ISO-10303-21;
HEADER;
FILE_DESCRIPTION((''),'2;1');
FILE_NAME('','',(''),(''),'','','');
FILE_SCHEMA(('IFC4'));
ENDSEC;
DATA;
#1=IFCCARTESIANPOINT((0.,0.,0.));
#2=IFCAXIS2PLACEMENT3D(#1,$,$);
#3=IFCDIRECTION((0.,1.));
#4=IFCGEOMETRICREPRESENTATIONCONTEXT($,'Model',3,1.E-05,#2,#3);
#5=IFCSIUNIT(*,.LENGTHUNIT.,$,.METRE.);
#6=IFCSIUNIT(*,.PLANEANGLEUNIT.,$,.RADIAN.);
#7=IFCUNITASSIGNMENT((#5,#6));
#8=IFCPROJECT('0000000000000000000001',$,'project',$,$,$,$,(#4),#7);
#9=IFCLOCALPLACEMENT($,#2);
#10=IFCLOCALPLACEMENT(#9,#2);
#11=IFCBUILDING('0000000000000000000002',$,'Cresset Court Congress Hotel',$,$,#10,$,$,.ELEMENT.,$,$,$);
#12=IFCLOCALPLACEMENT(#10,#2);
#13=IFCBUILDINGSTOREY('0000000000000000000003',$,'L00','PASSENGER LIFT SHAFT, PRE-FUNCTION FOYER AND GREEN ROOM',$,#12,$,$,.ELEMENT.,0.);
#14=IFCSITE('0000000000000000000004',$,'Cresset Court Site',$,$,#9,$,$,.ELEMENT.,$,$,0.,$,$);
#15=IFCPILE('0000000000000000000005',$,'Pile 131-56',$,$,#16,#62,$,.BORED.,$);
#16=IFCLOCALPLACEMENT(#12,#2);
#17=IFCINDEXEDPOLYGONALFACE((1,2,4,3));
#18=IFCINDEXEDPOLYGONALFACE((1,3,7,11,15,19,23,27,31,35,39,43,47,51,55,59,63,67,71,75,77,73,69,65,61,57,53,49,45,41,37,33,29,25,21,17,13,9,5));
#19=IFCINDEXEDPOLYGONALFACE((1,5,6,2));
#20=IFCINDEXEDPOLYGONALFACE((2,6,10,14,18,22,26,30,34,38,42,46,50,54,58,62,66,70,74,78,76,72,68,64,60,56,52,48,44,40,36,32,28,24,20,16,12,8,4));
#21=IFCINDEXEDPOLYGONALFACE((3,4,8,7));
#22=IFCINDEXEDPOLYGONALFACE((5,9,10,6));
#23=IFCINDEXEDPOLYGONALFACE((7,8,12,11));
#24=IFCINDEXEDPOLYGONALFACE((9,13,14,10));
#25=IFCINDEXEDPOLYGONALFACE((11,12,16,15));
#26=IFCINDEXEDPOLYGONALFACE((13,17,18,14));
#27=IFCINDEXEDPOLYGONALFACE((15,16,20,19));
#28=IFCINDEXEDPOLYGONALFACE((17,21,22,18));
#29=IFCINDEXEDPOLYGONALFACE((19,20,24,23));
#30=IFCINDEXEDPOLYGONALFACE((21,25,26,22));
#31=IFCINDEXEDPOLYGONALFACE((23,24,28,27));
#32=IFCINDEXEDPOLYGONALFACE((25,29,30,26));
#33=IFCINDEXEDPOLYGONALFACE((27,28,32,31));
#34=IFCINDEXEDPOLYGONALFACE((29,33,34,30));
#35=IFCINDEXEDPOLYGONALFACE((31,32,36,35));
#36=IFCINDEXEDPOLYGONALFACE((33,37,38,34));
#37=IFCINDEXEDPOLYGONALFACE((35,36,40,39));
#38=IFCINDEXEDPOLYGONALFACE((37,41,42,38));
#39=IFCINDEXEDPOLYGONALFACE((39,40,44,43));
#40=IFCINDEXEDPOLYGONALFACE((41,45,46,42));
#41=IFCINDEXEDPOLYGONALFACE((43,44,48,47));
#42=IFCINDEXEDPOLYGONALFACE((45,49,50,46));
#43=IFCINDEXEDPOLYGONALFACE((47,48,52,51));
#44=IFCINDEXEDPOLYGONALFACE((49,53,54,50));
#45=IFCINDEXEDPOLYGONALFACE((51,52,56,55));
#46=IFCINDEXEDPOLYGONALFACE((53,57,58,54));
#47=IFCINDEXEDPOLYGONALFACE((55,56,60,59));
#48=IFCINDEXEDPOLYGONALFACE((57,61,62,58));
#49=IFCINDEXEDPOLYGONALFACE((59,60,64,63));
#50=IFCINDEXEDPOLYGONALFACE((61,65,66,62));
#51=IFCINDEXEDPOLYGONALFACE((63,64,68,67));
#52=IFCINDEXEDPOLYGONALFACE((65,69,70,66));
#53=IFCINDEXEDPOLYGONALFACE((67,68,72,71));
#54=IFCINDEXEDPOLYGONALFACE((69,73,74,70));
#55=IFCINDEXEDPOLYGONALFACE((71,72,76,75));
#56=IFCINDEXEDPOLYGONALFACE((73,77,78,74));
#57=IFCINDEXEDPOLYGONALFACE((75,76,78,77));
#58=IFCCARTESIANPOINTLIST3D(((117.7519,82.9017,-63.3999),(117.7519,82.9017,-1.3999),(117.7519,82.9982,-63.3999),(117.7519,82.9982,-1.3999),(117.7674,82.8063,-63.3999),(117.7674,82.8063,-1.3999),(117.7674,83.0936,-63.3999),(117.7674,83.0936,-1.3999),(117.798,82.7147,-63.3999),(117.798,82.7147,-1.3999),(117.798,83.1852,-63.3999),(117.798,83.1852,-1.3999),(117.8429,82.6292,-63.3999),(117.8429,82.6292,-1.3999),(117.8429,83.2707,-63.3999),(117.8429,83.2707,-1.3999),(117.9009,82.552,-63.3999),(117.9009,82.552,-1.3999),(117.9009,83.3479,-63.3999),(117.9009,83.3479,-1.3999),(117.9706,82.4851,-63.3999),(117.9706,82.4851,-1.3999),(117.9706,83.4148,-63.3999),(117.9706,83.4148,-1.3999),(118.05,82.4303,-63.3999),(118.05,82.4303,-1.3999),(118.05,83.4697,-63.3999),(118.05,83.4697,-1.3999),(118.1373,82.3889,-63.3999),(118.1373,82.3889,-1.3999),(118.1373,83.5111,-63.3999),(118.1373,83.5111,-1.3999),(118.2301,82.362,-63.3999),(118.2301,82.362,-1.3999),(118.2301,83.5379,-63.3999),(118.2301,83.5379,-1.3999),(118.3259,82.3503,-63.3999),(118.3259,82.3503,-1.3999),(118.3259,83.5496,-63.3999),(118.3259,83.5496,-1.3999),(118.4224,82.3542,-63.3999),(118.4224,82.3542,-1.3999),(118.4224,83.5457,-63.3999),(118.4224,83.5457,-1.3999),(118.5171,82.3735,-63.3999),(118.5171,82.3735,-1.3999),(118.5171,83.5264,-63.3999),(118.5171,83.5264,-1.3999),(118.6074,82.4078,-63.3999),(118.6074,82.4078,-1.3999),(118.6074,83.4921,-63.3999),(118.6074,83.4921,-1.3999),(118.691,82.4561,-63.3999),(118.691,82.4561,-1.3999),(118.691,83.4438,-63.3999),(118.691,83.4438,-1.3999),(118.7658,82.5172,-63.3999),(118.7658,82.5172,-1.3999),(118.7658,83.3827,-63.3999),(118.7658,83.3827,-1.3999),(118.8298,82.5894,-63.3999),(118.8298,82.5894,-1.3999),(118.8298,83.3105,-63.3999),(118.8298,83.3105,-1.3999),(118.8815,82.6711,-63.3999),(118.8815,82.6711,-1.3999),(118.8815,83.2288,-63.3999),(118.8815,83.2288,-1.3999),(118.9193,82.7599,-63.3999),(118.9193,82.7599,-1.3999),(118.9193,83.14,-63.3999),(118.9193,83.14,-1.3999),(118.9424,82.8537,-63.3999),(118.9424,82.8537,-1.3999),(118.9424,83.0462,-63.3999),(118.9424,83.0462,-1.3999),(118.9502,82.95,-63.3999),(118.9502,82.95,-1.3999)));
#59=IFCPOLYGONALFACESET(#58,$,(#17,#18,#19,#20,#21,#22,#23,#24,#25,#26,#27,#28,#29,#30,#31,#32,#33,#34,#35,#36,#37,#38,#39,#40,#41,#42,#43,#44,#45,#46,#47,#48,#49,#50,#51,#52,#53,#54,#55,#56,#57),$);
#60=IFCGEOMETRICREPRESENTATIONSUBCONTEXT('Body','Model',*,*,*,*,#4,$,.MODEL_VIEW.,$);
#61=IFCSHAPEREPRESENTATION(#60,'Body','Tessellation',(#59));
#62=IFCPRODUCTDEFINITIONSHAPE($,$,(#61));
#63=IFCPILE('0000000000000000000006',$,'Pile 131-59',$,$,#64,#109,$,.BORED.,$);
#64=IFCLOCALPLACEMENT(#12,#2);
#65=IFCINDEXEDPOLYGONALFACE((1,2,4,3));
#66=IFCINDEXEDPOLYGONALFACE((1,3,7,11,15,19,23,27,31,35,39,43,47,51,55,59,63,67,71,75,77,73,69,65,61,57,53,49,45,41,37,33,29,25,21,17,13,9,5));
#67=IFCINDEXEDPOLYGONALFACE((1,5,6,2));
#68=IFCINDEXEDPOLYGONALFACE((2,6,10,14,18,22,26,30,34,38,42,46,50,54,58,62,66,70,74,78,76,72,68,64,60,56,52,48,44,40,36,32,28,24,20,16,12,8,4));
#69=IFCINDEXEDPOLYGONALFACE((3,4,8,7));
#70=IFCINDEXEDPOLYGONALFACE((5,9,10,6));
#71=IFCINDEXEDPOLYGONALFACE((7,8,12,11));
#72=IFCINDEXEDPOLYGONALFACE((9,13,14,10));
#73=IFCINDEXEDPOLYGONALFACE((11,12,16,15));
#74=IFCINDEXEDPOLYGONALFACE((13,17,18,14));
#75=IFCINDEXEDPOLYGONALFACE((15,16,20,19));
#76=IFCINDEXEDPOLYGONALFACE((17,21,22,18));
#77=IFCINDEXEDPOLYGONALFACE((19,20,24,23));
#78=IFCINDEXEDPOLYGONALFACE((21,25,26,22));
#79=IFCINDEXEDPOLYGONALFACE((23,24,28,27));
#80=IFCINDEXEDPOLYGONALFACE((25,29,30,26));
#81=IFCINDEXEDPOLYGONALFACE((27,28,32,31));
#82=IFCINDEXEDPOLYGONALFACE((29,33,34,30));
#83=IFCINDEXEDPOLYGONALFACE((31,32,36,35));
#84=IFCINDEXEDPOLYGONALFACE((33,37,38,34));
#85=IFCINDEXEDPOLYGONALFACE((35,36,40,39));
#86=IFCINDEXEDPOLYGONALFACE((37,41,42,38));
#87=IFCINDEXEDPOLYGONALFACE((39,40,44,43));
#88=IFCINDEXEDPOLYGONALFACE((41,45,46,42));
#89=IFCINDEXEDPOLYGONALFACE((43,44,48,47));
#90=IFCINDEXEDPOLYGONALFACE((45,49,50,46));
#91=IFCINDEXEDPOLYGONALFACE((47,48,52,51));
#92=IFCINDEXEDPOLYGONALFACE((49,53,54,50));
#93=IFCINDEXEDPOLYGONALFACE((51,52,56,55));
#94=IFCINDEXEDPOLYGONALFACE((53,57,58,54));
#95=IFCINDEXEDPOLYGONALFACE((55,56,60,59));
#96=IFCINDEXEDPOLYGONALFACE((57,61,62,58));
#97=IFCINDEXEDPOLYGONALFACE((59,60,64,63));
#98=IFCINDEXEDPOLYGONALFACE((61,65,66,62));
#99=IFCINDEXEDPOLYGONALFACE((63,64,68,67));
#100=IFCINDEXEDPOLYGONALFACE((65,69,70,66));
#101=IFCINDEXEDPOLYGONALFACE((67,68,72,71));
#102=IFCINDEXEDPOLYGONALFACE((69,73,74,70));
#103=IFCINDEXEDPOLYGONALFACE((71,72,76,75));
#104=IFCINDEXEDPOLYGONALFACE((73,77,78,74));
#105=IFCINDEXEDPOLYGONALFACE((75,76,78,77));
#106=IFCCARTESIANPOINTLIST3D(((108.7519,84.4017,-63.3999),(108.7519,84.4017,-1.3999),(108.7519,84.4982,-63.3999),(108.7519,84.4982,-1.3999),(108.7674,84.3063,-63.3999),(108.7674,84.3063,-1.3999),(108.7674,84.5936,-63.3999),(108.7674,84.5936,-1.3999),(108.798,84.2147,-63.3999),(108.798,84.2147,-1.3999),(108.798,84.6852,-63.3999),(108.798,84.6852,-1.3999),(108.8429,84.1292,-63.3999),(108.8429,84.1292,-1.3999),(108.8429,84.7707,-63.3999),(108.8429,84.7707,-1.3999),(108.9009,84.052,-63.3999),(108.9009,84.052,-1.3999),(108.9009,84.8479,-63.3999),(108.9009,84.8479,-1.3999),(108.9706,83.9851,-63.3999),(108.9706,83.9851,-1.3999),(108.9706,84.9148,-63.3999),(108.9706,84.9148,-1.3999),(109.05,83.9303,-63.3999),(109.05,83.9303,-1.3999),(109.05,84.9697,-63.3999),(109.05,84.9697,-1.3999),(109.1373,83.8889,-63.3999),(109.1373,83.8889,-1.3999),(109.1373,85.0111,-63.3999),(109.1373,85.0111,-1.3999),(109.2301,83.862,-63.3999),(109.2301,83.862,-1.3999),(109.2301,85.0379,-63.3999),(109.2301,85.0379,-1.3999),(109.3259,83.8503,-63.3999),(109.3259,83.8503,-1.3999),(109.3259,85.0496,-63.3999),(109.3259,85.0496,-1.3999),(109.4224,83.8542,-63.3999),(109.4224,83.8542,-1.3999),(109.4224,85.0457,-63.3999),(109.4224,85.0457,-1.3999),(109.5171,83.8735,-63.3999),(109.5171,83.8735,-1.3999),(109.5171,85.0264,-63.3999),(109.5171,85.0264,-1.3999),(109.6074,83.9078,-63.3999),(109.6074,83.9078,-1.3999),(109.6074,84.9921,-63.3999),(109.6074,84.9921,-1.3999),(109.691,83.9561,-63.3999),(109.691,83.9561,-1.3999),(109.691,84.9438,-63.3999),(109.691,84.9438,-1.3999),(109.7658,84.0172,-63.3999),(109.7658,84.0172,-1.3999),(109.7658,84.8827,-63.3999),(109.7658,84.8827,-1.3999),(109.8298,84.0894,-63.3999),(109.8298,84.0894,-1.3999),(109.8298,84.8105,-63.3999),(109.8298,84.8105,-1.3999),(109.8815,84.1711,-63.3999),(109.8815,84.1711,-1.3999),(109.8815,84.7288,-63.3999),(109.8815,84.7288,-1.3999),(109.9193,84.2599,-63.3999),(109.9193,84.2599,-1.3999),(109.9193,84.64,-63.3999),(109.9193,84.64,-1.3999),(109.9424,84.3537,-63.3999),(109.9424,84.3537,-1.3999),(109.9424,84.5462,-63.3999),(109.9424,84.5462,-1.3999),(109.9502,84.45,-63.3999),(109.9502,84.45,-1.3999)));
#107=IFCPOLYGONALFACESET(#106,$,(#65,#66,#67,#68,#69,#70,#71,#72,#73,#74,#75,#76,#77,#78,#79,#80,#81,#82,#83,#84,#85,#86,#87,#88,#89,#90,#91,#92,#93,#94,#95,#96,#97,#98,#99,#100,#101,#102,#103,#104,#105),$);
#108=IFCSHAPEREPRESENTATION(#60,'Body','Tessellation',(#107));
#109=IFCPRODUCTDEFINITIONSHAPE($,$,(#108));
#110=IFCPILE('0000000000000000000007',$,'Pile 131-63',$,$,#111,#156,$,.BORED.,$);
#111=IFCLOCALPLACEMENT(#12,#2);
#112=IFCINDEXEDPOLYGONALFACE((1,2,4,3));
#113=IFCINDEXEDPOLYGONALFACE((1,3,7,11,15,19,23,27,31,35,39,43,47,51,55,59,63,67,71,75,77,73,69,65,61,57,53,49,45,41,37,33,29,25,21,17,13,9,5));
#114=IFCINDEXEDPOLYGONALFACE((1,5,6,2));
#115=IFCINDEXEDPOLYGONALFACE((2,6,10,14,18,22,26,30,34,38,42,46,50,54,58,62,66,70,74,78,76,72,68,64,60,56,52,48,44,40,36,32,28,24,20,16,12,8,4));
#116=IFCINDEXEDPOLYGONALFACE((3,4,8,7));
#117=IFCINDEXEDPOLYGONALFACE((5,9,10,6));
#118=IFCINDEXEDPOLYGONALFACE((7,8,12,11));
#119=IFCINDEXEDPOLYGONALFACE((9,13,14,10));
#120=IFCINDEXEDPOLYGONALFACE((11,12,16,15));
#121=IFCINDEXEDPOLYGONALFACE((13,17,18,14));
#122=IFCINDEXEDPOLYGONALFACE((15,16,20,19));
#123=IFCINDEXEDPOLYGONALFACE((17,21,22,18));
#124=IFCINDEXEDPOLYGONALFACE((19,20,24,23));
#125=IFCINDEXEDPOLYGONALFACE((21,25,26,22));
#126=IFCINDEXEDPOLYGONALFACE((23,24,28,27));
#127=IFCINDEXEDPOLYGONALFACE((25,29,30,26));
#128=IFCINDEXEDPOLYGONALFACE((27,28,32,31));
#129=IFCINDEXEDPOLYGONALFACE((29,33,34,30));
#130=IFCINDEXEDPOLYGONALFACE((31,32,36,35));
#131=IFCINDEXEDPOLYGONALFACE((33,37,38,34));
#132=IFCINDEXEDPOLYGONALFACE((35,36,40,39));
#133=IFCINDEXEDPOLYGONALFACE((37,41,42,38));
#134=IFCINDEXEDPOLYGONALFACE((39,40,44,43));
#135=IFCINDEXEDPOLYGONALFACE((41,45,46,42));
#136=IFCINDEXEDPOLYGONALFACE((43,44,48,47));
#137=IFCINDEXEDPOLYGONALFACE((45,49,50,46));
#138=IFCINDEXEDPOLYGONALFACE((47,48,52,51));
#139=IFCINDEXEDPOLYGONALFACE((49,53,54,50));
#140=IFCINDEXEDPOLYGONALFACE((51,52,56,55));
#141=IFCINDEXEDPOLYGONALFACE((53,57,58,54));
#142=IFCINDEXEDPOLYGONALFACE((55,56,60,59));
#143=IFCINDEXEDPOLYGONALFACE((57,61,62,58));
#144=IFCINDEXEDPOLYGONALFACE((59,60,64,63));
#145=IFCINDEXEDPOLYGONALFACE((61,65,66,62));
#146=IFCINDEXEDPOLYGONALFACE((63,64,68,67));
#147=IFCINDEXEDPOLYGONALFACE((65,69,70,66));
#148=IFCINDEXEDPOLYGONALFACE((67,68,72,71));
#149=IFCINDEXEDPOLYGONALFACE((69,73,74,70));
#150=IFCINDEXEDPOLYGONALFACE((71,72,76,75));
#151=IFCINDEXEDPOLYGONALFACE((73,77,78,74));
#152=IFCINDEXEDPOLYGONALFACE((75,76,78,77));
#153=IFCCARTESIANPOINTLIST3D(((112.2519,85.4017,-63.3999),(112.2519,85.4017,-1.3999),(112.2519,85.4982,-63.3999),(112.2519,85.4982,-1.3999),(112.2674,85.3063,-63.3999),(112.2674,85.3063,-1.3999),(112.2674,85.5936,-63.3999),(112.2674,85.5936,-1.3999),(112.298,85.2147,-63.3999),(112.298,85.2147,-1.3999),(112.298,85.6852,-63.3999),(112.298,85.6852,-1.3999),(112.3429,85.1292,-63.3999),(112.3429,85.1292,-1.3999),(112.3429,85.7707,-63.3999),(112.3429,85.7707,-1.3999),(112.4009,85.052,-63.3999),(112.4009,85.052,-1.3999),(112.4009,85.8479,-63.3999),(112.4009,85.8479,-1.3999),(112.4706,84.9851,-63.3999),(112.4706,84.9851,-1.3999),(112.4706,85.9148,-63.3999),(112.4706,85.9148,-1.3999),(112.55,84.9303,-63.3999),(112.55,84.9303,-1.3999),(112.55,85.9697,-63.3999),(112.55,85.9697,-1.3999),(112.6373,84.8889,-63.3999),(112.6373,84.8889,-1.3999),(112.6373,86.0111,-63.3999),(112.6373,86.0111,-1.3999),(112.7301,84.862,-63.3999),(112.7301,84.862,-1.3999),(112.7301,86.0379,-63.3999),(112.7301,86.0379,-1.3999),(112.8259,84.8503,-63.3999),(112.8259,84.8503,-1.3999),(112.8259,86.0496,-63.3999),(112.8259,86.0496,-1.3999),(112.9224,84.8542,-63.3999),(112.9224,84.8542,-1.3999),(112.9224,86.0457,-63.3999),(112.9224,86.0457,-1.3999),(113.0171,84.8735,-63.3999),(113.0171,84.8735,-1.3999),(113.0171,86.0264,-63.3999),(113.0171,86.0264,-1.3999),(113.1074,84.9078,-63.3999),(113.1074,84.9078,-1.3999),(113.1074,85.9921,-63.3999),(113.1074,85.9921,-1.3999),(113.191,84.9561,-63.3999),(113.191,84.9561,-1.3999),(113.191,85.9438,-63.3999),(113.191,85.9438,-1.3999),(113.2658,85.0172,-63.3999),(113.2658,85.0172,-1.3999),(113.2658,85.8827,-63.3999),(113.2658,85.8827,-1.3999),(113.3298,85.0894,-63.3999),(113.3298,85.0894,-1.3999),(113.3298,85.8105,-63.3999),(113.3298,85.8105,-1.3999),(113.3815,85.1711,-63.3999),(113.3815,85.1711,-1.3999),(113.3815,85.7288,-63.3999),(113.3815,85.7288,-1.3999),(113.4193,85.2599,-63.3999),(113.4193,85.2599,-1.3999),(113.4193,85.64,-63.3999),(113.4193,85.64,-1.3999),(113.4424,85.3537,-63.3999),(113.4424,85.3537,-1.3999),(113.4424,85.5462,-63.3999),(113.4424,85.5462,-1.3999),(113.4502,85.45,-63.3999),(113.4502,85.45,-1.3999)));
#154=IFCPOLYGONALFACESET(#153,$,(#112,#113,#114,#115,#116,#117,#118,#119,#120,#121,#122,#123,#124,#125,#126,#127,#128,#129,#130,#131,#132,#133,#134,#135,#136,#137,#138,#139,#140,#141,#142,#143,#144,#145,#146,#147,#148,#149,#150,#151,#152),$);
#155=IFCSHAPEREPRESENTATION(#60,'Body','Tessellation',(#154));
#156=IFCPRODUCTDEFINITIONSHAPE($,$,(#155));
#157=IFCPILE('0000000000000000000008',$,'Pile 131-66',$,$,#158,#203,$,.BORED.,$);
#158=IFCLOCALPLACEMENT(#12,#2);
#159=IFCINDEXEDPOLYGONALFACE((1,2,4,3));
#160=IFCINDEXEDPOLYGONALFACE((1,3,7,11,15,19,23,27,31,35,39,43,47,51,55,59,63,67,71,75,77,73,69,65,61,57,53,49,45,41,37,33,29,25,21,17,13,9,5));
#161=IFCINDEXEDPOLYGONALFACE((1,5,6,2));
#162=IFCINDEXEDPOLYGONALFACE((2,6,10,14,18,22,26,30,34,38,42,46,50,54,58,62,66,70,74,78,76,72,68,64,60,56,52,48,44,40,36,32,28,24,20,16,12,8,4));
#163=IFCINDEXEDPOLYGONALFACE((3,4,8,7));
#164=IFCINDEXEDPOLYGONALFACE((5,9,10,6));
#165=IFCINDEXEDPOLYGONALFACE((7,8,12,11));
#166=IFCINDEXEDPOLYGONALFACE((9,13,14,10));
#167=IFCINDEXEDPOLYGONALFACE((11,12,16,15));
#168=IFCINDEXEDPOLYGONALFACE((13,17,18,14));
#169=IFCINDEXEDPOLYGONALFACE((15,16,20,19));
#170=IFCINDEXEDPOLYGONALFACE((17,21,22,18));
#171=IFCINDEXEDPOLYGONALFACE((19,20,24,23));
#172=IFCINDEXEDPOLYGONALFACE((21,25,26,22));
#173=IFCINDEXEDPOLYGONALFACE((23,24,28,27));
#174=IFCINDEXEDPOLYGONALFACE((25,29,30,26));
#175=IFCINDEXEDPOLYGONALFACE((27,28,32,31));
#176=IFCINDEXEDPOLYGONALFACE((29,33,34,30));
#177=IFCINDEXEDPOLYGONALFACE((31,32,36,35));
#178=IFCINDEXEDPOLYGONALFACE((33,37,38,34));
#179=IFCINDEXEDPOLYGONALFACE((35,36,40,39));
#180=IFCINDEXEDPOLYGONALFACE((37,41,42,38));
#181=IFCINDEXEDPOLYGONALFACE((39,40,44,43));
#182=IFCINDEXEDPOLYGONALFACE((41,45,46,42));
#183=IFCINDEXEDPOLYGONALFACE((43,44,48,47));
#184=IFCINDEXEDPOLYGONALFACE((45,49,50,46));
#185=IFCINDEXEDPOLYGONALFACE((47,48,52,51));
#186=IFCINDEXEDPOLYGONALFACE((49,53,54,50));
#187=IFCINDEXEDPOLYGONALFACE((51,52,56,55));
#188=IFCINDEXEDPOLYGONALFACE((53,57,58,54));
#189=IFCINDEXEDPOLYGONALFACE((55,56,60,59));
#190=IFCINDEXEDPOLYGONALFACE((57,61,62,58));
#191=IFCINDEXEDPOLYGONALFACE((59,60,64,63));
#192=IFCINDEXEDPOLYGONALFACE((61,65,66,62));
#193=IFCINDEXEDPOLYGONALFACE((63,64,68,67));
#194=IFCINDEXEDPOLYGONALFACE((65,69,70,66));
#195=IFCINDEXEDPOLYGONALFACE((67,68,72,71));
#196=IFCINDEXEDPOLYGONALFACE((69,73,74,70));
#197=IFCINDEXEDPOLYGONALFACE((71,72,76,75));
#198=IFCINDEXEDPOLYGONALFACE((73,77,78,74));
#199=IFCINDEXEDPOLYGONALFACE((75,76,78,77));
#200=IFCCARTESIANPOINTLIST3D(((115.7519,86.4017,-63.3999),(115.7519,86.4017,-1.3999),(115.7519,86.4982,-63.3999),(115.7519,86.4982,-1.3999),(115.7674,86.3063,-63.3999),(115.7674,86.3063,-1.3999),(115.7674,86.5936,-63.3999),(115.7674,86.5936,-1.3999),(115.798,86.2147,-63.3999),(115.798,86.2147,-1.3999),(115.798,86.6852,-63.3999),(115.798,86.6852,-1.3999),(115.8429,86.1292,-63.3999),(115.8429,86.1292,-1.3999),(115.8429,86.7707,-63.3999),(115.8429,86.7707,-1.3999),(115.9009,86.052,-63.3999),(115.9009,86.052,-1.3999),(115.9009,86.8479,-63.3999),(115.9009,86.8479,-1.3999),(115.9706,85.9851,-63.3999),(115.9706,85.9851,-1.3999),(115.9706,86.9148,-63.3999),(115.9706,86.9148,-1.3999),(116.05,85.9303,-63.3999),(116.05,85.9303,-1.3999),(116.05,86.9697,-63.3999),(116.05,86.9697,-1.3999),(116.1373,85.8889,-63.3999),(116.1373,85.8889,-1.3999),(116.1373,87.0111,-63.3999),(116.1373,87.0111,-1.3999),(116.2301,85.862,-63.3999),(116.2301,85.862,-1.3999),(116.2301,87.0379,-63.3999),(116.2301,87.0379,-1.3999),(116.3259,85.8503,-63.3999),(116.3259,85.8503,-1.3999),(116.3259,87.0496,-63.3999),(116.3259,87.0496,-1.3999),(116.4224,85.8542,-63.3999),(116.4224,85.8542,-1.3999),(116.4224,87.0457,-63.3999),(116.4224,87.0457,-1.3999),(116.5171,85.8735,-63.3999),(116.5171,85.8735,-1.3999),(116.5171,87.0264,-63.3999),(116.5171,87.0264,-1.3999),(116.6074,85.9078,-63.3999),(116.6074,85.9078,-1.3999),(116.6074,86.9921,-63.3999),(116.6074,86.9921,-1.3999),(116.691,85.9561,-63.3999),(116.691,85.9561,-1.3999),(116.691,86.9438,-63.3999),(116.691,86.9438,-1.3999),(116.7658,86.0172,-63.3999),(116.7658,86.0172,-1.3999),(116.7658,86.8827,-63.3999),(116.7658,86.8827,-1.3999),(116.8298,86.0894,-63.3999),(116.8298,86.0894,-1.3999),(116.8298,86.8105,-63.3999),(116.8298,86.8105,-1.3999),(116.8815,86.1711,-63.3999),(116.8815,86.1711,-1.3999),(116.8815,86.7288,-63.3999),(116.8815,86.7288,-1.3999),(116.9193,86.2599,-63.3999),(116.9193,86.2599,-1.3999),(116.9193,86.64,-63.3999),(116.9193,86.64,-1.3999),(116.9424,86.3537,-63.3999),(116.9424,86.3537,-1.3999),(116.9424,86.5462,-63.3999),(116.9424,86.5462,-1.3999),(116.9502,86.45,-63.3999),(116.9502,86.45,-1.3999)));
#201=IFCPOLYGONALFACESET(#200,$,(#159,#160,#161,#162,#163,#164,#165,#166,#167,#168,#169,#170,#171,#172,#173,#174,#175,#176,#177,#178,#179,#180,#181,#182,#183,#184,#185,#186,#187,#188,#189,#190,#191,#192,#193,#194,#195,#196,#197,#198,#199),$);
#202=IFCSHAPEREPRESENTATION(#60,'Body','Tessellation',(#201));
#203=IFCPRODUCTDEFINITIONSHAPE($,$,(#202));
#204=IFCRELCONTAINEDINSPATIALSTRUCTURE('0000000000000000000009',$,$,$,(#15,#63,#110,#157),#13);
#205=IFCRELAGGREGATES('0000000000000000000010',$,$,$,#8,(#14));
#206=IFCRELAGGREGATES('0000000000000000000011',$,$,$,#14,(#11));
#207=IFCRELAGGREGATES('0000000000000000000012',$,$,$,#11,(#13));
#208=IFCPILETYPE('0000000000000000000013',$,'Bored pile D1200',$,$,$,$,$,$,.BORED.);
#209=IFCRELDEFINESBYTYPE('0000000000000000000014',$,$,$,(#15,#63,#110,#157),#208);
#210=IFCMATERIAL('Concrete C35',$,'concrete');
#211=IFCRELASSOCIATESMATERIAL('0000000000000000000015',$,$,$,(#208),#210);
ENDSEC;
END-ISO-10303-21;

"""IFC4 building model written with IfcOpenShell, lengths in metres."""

from ifc_helpers import new_model, si_unit, direction, frame, origin, origin_2d, place, context, subcontext, project, spatial, circle, extrude, material, type_object, element, save


model = new_model("IFC4")

# Units and contexts
model_context = context("Model", 3, precision=1e-05, world=origin(), true_north=direction((0.0, 1.0)))
body_context = subcontext(model_context, "Body", "Model", "MODEL_VIEW")
ifc_project = project(units=[si_unit("LENGTHUNIT", "METRE"), si_unit("PLANEANGLEUNIT", "RADIAN")], contexts=[model_context])

# Site, building, storey
site_placement = place(None, origin())
site = spatial("IfcSite", under=ifc_project, at=site_placement, Name="Cresset Court Site", CompositionType="ELEMENT", RefElevation=0.0)
building_placement = place(site_placement, origin())
building = spatial("IfcBuilding", under=site, at=building_placement, Name="Cresset Court Congress Hotel", CompositionType="ELEMENT")
storey_placement = place(building_placement, origin())
storey = spatial("IfcBuildingStorey", under=building, at=storey_placement, Name="L00", Description="PASSENGER LIFT SHAFT, PRE-FUNCTION FOYER AND GREEN ROOM", CompositionType="ELEMENT", Elevation=0.0)

# Piles
ifc_material_1 = material(Name="Concrete C35", Category="concrete")
pile_type = type_object("IfcPileType", Name="Bored pile D1200", PredefinedType="BORED", material=ifc_material_1)
for number, where, z_axis, x_axis, name in (
    (1, (118.3501, 82.95, -1.3999), (0.0, 0.0, -1.0), (1.0, 0.0, 0.0), "Pile 131-56"),
    (2, (109.3501, 84.45, -1.3999), (0.0, 0.0, -1.0), (1.0, 0.0, 0.0), "Pile 131-59"),
    (3, (112.8501, 85.45, -1.3999), (0.0, 0.0, -1.0), (1.0, 0.0, 0.0), "Pile 131-63"),
    (4, (116.3501, 86.45, -1.3999), (0.0, 0.0, -1.0), (1.0, 0.0, 0.0), "Pile 131-66"),
):
    element("IfcPile", number, at=place(storey_placement, frame(where, z_axis=z_axis, x_axis=x_axis)), inside=storey, type_object=pile_type, Name=name, PredefinedType="BORED", context=body_context, shape_type="SweptSolid", body=[
        extrude(circle(Radius=0.6001, at=origin_2d()), origin(), (0.0, 0.0, 1.0), 62.0),
    ])

save(model, "model.ifc")
